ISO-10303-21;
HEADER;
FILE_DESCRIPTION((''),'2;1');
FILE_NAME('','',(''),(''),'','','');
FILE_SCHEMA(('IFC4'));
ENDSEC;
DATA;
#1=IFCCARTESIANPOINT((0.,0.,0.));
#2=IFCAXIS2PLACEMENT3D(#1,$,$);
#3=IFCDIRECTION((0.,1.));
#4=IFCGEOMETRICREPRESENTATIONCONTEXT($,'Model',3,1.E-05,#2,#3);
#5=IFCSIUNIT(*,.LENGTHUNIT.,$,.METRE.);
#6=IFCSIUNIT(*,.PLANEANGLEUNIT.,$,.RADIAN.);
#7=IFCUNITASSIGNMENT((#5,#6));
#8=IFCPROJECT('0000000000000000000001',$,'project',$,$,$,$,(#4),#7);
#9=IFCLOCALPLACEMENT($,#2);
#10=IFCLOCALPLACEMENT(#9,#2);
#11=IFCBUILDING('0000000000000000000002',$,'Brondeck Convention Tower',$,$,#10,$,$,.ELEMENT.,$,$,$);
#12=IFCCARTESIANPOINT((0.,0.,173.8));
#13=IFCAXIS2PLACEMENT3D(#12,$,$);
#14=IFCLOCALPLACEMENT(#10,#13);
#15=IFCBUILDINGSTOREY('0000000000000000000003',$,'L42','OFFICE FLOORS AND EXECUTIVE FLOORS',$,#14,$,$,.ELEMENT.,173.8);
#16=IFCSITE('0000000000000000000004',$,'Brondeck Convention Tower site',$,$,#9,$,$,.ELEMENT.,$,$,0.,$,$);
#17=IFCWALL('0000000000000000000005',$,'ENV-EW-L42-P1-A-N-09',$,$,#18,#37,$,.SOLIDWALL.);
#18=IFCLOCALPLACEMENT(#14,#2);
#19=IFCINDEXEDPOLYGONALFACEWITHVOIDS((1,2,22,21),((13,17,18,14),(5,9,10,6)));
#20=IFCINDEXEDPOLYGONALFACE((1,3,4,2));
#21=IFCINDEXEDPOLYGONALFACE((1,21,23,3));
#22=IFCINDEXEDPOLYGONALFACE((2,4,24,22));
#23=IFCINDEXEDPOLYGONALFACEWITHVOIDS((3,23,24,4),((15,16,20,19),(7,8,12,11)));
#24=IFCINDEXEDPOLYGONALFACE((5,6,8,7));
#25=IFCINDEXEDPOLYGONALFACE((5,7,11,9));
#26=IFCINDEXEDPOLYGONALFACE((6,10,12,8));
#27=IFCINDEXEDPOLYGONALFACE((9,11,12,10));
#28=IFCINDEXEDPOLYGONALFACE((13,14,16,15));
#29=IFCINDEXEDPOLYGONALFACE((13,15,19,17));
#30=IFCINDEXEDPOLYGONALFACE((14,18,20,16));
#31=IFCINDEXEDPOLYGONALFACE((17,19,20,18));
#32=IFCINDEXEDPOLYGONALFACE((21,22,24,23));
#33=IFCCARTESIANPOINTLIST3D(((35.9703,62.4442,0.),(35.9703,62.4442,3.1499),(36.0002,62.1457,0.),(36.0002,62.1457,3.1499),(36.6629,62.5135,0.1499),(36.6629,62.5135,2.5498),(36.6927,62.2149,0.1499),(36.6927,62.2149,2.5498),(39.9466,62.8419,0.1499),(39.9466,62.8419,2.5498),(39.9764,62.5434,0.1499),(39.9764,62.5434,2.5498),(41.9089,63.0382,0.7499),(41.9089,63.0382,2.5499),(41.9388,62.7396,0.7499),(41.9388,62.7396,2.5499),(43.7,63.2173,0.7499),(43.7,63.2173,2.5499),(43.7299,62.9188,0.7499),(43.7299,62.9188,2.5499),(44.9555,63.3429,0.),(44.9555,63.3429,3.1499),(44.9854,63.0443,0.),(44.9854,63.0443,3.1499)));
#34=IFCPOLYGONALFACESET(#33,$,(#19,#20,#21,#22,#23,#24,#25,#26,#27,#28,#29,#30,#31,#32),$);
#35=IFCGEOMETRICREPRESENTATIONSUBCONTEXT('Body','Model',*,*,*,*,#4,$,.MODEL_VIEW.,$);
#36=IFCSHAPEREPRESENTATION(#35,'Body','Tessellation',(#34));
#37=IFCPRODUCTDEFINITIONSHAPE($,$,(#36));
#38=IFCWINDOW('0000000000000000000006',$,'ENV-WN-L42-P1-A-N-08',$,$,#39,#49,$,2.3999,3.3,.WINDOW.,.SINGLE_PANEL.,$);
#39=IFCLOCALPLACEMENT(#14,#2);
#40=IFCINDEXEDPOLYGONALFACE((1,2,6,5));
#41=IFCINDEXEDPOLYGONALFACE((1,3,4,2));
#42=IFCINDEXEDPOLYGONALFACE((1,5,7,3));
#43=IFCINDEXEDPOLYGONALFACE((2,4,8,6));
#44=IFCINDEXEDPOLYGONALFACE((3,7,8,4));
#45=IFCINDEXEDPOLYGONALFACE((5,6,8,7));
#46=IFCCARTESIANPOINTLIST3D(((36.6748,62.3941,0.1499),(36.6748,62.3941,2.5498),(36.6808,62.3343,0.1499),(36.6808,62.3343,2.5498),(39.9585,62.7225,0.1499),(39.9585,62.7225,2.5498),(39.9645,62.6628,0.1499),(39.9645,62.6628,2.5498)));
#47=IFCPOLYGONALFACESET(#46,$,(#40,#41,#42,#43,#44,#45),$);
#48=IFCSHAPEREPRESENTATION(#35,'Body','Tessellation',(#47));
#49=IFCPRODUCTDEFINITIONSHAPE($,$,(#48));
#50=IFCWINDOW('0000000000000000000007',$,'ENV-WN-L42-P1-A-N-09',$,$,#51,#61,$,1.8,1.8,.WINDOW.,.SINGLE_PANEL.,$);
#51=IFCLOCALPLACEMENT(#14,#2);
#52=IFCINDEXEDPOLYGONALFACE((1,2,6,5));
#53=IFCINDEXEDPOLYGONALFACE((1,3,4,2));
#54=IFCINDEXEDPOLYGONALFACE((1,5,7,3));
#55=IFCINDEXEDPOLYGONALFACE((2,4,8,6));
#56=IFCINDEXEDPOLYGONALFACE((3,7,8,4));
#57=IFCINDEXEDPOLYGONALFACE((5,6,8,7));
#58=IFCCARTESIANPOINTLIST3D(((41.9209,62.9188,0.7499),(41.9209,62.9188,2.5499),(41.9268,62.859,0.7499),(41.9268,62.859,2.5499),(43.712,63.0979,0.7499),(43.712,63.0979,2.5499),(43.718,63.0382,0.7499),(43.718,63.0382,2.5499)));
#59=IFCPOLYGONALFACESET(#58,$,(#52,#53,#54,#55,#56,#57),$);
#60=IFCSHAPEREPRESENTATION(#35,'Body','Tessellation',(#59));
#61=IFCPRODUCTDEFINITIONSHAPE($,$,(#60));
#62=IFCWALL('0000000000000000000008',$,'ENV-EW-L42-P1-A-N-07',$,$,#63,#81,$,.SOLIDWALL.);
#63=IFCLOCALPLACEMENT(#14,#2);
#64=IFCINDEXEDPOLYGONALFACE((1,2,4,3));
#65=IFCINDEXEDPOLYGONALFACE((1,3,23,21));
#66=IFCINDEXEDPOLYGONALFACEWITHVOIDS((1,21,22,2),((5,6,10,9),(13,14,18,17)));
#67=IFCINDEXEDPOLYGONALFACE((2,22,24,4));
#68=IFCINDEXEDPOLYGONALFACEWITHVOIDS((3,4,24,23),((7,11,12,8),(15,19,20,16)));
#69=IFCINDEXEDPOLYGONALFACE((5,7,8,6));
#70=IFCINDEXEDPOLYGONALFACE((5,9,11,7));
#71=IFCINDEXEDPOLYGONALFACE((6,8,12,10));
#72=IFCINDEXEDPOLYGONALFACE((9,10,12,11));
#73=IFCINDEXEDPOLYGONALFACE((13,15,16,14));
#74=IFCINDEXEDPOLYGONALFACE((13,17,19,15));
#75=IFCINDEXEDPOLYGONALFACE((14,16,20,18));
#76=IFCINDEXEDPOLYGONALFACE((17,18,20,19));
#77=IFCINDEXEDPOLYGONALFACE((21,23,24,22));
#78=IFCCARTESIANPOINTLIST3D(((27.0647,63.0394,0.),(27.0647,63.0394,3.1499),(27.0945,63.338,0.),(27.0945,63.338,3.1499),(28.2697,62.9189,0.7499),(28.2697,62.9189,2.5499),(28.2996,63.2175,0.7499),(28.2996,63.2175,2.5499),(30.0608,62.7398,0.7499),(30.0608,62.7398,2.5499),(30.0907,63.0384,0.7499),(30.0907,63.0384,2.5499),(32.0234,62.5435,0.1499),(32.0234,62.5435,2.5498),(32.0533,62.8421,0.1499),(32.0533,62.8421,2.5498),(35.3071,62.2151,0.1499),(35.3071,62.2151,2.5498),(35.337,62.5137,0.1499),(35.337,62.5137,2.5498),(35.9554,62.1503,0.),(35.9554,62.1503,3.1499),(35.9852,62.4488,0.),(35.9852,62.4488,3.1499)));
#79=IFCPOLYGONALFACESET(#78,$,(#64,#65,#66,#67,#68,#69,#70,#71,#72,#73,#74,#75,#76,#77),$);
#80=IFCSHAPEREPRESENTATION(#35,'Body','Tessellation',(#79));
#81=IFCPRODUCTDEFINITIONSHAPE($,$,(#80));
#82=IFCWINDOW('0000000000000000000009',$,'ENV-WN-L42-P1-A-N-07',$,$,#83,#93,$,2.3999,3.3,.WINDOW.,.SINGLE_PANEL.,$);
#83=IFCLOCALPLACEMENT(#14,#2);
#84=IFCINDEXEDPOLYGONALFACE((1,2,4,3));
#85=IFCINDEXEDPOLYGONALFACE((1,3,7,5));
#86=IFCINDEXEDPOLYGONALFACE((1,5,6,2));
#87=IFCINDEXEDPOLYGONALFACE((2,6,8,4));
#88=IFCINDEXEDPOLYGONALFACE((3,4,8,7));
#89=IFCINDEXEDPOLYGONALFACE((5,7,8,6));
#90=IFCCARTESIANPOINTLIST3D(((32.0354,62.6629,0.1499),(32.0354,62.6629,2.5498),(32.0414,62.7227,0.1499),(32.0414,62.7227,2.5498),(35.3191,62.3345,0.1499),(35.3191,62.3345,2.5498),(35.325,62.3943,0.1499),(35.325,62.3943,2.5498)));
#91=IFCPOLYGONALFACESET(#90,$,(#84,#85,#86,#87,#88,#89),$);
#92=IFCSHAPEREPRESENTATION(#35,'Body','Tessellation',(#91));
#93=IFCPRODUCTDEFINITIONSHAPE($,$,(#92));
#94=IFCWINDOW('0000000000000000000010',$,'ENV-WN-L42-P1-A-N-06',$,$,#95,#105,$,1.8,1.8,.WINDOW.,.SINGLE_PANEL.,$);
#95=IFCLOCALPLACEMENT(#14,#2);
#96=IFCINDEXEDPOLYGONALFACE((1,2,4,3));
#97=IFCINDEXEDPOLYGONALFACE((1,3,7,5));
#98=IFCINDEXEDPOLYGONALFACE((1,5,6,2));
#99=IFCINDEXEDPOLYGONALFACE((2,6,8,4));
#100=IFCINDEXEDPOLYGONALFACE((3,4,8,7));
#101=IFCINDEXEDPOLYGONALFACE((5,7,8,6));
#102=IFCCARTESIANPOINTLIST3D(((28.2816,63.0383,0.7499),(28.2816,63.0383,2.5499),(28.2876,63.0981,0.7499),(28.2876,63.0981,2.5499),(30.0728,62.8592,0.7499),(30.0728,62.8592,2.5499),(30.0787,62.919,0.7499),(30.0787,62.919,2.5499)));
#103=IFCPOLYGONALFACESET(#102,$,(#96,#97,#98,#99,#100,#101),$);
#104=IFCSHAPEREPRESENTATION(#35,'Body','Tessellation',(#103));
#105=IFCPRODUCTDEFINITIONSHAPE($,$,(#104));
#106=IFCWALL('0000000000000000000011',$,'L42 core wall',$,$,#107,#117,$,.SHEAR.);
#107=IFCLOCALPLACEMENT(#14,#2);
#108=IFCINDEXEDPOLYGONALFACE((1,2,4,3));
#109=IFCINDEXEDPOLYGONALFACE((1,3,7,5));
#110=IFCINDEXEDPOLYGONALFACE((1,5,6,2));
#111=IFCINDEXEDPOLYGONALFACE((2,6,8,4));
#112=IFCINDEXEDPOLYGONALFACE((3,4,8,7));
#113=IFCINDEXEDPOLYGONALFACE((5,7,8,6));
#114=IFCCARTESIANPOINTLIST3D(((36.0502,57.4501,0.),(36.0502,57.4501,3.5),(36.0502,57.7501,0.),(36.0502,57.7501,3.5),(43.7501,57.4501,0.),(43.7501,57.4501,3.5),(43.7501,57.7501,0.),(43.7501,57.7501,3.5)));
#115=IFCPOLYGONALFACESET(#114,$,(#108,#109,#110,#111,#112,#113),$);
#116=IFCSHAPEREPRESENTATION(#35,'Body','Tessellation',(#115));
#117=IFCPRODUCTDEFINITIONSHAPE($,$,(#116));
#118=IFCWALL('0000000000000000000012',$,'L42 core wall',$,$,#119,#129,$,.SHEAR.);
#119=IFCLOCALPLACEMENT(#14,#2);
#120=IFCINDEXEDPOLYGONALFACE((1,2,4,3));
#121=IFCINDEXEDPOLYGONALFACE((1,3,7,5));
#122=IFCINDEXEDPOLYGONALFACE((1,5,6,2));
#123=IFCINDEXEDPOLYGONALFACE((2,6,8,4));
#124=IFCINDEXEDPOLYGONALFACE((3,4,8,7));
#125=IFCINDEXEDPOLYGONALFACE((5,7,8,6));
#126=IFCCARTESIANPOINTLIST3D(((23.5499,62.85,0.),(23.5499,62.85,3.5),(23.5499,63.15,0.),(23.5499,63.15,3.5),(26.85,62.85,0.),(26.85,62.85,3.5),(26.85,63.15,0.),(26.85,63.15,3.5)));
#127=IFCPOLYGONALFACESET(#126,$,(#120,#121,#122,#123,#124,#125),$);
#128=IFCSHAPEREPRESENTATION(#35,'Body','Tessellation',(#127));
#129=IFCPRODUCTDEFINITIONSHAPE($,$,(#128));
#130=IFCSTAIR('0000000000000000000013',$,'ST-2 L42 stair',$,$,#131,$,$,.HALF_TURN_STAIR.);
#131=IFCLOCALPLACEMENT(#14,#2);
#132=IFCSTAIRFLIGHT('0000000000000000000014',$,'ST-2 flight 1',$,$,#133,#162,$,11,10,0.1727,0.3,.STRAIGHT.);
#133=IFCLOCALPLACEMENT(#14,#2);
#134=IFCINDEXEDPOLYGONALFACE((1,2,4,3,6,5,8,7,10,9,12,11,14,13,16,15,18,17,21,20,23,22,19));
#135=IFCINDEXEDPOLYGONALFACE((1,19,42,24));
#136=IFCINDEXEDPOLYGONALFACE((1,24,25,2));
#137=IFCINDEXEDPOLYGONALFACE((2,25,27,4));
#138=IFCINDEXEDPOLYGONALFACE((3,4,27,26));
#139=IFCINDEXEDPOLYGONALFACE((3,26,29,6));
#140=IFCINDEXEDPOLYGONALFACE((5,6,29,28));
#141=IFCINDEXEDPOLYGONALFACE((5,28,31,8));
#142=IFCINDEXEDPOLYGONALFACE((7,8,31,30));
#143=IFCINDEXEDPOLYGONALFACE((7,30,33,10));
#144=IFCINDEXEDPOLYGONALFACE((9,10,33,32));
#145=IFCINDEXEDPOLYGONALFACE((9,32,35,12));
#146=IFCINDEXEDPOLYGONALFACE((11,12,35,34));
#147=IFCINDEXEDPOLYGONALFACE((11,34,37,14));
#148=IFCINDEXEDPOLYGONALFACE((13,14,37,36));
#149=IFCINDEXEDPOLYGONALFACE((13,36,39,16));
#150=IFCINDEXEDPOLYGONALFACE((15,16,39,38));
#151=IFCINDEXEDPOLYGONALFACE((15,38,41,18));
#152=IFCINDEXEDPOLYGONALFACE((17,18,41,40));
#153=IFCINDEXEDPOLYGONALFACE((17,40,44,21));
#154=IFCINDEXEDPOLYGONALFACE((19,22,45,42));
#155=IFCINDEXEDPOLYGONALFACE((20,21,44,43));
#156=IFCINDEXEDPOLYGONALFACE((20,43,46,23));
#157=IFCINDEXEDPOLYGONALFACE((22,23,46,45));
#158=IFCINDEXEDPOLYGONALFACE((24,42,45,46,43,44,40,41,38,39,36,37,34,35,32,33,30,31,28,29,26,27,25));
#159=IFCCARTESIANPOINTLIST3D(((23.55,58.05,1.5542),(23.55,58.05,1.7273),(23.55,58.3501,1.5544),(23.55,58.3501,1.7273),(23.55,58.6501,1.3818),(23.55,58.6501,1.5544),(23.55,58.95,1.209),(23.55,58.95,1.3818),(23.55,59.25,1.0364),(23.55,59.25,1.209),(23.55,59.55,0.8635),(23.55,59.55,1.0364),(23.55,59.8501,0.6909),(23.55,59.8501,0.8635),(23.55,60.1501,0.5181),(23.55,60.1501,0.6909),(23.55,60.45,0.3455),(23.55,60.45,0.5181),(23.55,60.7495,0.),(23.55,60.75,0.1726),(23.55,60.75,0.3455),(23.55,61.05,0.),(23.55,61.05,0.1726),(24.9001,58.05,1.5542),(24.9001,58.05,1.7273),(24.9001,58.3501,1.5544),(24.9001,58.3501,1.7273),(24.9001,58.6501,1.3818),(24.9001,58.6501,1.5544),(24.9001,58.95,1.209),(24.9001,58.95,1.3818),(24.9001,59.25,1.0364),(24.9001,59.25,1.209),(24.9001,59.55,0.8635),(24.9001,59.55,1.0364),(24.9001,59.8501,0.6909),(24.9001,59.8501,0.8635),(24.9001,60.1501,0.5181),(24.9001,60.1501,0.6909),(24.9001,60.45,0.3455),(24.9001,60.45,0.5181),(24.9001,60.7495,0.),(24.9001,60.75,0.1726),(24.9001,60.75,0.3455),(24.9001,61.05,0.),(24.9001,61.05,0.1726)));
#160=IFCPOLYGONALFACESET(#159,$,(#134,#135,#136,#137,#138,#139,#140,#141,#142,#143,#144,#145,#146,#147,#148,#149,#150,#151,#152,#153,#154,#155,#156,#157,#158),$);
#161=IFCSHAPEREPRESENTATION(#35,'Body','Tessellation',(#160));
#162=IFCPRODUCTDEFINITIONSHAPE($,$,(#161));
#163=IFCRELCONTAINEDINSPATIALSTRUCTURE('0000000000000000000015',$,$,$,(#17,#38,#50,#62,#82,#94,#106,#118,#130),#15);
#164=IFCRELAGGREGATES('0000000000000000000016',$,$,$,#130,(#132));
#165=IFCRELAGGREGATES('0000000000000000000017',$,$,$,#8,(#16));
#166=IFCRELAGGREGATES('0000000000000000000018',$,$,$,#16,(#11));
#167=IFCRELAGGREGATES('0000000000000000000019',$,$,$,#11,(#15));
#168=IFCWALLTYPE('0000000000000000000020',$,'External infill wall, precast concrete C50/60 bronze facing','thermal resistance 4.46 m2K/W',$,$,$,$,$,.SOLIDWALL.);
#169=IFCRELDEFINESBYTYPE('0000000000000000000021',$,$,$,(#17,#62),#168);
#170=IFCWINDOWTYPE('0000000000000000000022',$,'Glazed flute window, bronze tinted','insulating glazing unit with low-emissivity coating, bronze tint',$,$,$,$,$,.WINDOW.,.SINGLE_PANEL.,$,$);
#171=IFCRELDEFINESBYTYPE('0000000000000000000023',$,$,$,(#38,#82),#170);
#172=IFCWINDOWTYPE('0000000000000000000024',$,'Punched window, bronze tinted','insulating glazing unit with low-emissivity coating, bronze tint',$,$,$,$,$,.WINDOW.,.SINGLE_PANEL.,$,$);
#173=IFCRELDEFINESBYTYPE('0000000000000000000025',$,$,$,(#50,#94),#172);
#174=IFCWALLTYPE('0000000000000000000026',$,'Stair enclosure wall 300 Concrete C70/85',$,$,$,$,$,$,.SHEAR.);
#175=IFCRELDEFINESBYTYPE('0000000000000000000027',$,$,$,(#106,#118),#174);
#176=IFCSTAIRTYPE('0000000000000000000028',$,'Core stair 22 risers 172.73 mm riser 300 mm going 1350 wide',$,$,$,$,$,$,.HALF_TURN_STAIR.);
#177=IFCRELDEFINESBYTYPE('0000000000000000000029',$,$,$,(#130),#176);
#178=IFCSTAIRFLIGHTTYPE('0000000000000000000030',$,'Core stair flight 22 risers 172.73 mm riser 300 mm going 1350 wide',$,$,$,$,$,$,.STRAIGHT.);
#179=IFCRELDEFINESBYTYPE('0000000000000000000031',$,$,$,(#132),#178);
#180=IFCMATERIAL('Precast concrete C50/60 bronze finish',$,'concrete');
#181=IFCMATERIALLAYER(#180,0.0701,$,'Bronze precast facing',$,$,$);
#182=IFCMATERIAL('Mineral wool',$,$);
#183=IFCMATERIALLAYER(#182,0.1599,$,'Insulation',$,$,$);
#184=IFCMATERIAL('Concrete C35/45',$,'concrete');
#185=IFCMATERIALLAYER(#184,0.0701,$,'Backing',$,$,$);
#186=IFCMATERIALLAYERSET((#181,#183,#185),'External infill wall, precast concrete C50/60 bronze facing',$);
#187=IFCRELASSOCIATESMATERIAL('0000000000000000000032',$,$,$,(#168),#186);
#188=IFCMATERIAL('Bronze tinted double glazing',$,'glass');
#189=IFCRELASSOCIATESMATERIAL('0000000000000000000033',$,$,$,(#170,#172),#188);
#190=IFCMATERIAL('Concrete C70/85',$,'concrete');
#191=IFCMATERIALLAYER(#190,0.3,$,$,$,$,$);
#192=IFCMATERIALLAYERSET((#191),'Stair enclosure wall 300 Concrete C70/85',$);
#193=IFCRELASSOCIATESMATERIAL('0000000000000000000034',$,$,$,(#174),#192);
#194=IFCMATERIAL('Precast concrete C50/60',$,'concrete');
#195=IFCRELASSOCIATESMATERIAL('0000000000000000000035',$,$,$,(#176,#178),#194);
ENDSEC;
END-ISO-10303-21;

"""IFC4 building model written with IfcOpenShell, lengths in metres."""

from ifc_helpers import new_model, si_unit, direction, frame, frame_2d, origin, place, context, subcontext, project, spatial, polyline, rectangle, outline, extrude, material, layer, layer_set, type_object, element, fill, aggregate, save


model = new_model("IFC4")

# Units and contexts
model_context = context("Model", 3, precision=1e-05, world=origin(), true_north=direction((0.0, 1.0)))
body_context = subcontext(model_context, "Body", "Model", "MODEL_VIEW")
ifc_project = project(units=[si_unit("LENGTHUNIT", "METRE"), si_unit("PLANEANGLEUNIT", "RADIAN")], contexts=[model_context])

# Site, building, storey
site_placement = place(None, origin())
site = spatial("IfcSite", under=ifc_project, at=site_placement, Name="Brondeck Convention Tower site", CompositionType="ELEMENT", RefElevation=0.0)
building_placement = place(site_placement, origin())
building = spatial("IfcBuilding", under=site, at=building_placement, Name="Brondeck Convention Tower", CompositionType="ELEMENT")
storey_placement = place(building_placement, frame((0.0, 0.0, 173.8)))
storey = spatial("IfcBuildingStorey", under=building, at=storey_placement, Name="L42", Description="OFFICE FLOORS AND EXECUTIVE FLOORS", CompositionType="ELEMENT", Elevation=173.8)

# Shared definitions
ifc_material_1 = material(Name="Concrete C70/85", Category="concrete")

# Walls, openings, windows
ifc_material_2 = material(Name="Precast concrete C50/60 bronze finish", Category="concrete")
ifc_layer_1 = layer(ifc_material_2, 0.0701, Name="Bronze precast facing")
ifc_material_3 = material(Name="Mineral wool")
ifc_layer_2 = layer(ifc_material_3, 0.1599, Name="Insulation")
ifc_material_4 = material(Name="Concrete C35/45", Category="concrete")
ifc_layer_3 = layer(ifc_material_4, 0.0701, Name="Backing")
ifc_layer_set_1 = layer_set([ifc_layer_1, ifc_layer_2, ifc_layer_3], Name="External infill wall, precast concrete C50/60 bronze facing")
wall_type_1 = type_object("IfcWallType", Name="External infill wall, precast concrete C50/60 bronze facing", Description="thermal resistance 4.46 m2K/W", PredefinedType="SOLIDWALL", material=ifc_layer_set_1)
wall_1_placement = place(storey_placement, frame((35.9851, 62.2949, 0.0), z_axis=(0.0, 0.0, 1.0), x_axis=(0.995035, 0.099522, 0.0)))
wall_1 = element("IfcWall", 1, at=wall_1_placement, inside=storey, type_object=wall_type_1, Name="ENV-EW-L42-P1-A-N-09", PredefinedType="SOLIDWALL", context=body_context, shape_type="SweptSolid", body=[
    extrude(rectangle(XDim=9.03, YDim=0.3, at=frame_2d((4.5151, 0.0))), origin(), (0.0, 0.0, 1.0), 3.1499),
])
opening_1_placement = place(wall_1_placement, frame((0.6963, 0.0, 0.1499)))
opening_1 = element("IfcOpeningElement", 2, at=opening_1_placement, cuts=wall_1, PredefinedType="OPENING", context=body_context, shape_type="SweptSolid", body=[
    extrude(rectangle(XDim=3.3, YDim=2.3999, at=frame_2d((1.6499, 1.2))), frame((0.0, 0.1599, 0.0), z_axis=(0.0, -1.0, 0.0), x_axis=(1.0, 0.0, 0.0)), (0.0, 0.0, 1.0), 0.3201),
])
opening_2_placement = place(wall_1_placement, frame((5.9685, 0.0, 0.75)))
opening_2 = element("IfcOpeningElement", 3, at=opening_2_placement, cuts=wall_1, PredefinedType="OPENING", context=body_context, shape_type="SweptSolid", body=[
    extrude(rectangle(XDim=1.8, YDim=1.8, at=frame_2d((0.8999, 0.8999))), frame((0.0, 0.1599, 0.0), z_axis=(0.0, -1.0, 0.0), x_axis=(1.0, 0.0, 0.0)), (0.0, 0.0, 1.0), 0.3201),
])
ifc_material_5 = material(Name="Bronze tinted double glazing", Category="glass")
window_type_1 = type_object("IfcWindowType", Name="Glazed flute window, bronze tinted", Description="insulating glazing unit with low-emissivity coating, bronze tint", PartitioningType="SINGLE_PANEL", PredefinedType="WINDOW", material=ifc_material_5)
window_1_placement = place(opening_1_placement, origin())
window_1 = element("IfcWindow", 4, at=window_1_placement, inside=storey, type_object=window_type_1, Name="ENV-WN-L42-P1-A-N-08", OverallHeight=2.3999, OverallWidth=3.3, PartitioningType="SINGLE_PANEL", PredefinedType="WINDOW", context=body_context, shape_type="SweptSolid", body=[
    extrude(rectangle(XDim=3.3, YDim=2.3999, at=frame_2d((1.6499, 1.2))), frame((0.0, 0.03, 0.0), z_axis=(0.0, -1.0, 0.0), x_axis=(1.0, 0.0, 0.0)), (0.0, 0.0, 1.0), 0.0601),
])
fill(opening_1, window_1)
window_type_2 = type_object("IfcWindowType", Name="Punched window, bronze tinted", Description="insulating glazing unit with low-emissivity coating, bronze tint", PartitioningType="SINGLE_PANEL", PredefinedType="WINDOW", material=ifc_material_5)
window_2_placement = place(opening_2_placement, origin())
window_2 = element("IfcWindow", 5, at=window_2_placement, inside=storey, type_object=window_type_2, Name="ENV-WN-L42-P1-A-N-09", OverallHeight=1.8, OverallWidth=1.8, PartitioningType="SINGLE_PANEL", PredefinedType="WINDOW", context=body_context, shape_type="SweptSolid", body=[
    extrude(rectangle(XDim=1.8, YDim=1.8, at=frame_2d((0.8999, 0.8999))), frame((0.0, 0.03, 0.0), z_axis=(0.0, -1.0, 0.0), x_axis=(1.0, 0.0, 0.0)), (0.0, 0.0, 1.0), 0.0601),
])
fill(opening_2, window_2)
wall_2_placement = place(storey_placement, frame((27.0796, 63.1887, 0.0), z_axis=(0.0, 0.0, 1.0), x_axis=(0.995036, -0.099515, 0.0)))
wall_2 = element("IfcWall", 6, at=wall_2_placement, inside=storey, type_object=wall_type_1, Name="ENV-EW-L42-P1-A-N-07", PredefinedType="SOLIDWALL", context=body_context, shape_type="SweptSolid", body=[
    extrude(rectangle(XDim=8.9351, YDim=0.3, at=frame_2d((4.4675, 0.0))), origin(), (0.0, 0.0, 1.0), 3.1499),
])
opening_3_placement = place(wall_2_placement, frame((1.2112, 0.0, 0.75)))
opening_3 = element("IfcOpeningElement", 7, at=opening_3_placement, cuts=wall_2, PredefinedType="OPENING", context=body_context, shape_type="SweptSolid", body=[
    extrude(rectangle(XDim=1.8, YDim=1.8, at=frame_2d((0.8999, 0.8999))), frame((0.0, 0.1599, 0.0), z_axis=(0.0, -1.0, 0.0), x_axis=(1.0, 0.0, 0.0)), (0.0, 0.0, 1.0), 0.3201),
])
opening_4_placement = place(wall_2_placement, frame((4.9836, 0.0, 0.1499)))
opening_4 = element("IfcOpeningElement", 8, at=opening_4_placement, cuts=wall_2, PredefinedType="OPENING", context=body_context, shape_type="SweptSolid", body=[
    extrude(rectangle(XDim=3.3, YDim=2.3999, at=frame_2d((1.6499, 1.2))), frame((0.0, 0.1599, 0.0), z_axis=(0.0, -1.0, 0.0), x_axis=(1.0, 0.0, 0.0)), (0.0, 0.0, 1.0), 0.3201),
])
window_3_placement = place(opening_4_placement, origin())
window_3 = element("IfcWindow", 9, at=window_3_placement, inside=storey, type_object=window_type_1, Name="ENV-WN-L42-P1-A-N-07", OverallHeight=2.3999, OverallWidth=3.3, PartitioningType="SINGLE_PANEL", PredefinedType="WINDOW", context=body_context, shape_type="SweptSolid", body=[
    extrude(rectangle(XDim=3.3, YDim=2.3999, at=frame_2d((1.6499, 1.2))), frame((0.0, 0.03, 0.0), z_axis=(0.0, -1.0, 0.0), x_axis=(1.0, 0.0, 0.0)), (0.0, 0.0, 1.0), 0.0601),
])
fill(opening_4, window_3)
window_4_placement = place(opening_3_placement, origin())
window_4 = element("IfcWindow", 10, at=window_4_placement, inside=storey, type_object=window_type_2, Name="ENV-WN-L42-P1-A-N-06", OverallHeight=1.8, OverallWidth=1.8, PartitioningType="SINGLE_PANEL", PredefinedType="WINDOW", context=body_context, shape_type="SweptSolid", body=[
    extrude(rectangle(XDim=1.8, YDim=1.8, at=frame_2d((0.8999, 0.8999))), frame((0.0, 0.03, 0.0), z_axis=(0.0, -1.0, 0.0), x_axis=(1.0, 0.0, 0.0)), (0.0, 0.0, 1.0), 0.0601),
])
fill(opening_3, window_4)

# Walls
ifc_layer_4 = layer(ifc_material_1, 0.3)
ifc_layer_set_2 = layer_set([ifc_layer_4], Name="Stair enclosure wall 300 Concrete C70/85")
wall_type_2 = type_object("IfcWallType", Name="Stair enclosure wall 300 Concrete C70/85", PredefinedType="SHEAR", material=ifc_layer_set_2)
wall_3_placement = place(storey_placement, frame((36.05, 57.6001, 0.0), z_axis=(0.0, 0.0, 1.0), x_axis=(1.0, 0.0, 0.0)))
element("IfcWall", 11, at=wall_3_placement, inside=storey, type_object=wall_type_2, Name="L42 core wall", PredefinedType="SHEAR", context=body_context, shape_type="SweptSolid", body=[
    extrude(rectangle(XDim=7.7, YDim=0.3, at=frame_2d((3.8501, 0.0))), origin(), (0.0, 0.0, 1.0), 3.5),
])
wall_4_placement = place(storey_placement, frame((23.55, 63.0, 0.0), z_axis=(0.0, 0.0, 1.0), x_axis=(1.0, 0.0, 0.0)))
element("IfcWall", 12, at=wall_4_placement, inside=storey, type_object=wall_type_2, Name="L42 core wall", PredefinedType="SHEAR", context=body_context, shape_type="SweptSolid", body=[
    extrude(rectangle(XDim=3.3, YDim=0.3, at=frame_2d((1.6499, 0.0))), origin(), (0.0, 0.0, 1.0), 3.5),
])

# Stair, stair flight
ifc_material_6 = material(Name="Precast concrete C50/60", Category="concrete")
stair_type = type_object("IfcStairType", Name="Core stair 22 risers 172.73 mm riser 300 mm going 1350 wide", PredefinedType="HALF_TURN_STAIR", material=ifc_material_6)
stair_1_placement = place(storey_placement, origin())
stair_1 = element("IfcStair", 13, at=stair_1_placement, inside=storey, type_object=stair_type, Name="ST-2 L42 stair", PredefinedType="HALF_TURN_STAIR")
stair_flight_type = type_object("IfcStairFlightType", Name="Core stair flight 22 risers 172.73 mm riser 300 mm going 1350 wide", PredefinedType="STRAIGHT", material=ifc_material_6)
stair_flight_1_placement = place(storey_placement, frame((24.2251, 61.05, 0.0), z_axis=(0.0, 0.0, 1.0), x_axis=(0.0, -1.0, 0.0)))
stair_flight_1 = element("IfcStairFlight", 14, at=stair_flight_1_placement, type_object=stair_flight_type, Name="ST-2 flight 1", NumberOfRisers=11, NumberOfTreads=10, PredefinedType="STRAIGHT", RiserHeight=0.1727, TreadLength=0.3, context=body_context, shape_type="SweptSolid", body=[
    extrude(outline(polyline([(0.0, 0.0), (0.0, 0.1726), (0.3, 0.1726), (0.3, 0.3455), (0.6001, 0.3455), (0.6001, 0.5181), (0.8999, 0.5181), (0.8999, 0.6909), (1.2, 0.6909), (1.2, 0.8635), (1.5, 0.8635), (1.5, 1.0364), (1.8, 1.0364), (1.8, 1.209), (2.1001, 1.209), (2.1001, 1.3818), (2.3999, 1.3818), (2.3999, 1.5544), (2.7, 1.5544), (2.7, 1.7273), (3.0, 1.7273), (3.0, 1.8999), (3.0, 1.5542), (0.3005, 0.0), (0.0, 0.0)])), frame((0.0, 0.675, 0.0), z_axis=(0.0, -1.0, 0.0), x_axis=(1.0, 0.0, 0.0)), (0.0, 0.0, 1.0), 1.3501),
])
aggregate(stair_1, [stair_flight_1])

save(model, "model.ifc")
